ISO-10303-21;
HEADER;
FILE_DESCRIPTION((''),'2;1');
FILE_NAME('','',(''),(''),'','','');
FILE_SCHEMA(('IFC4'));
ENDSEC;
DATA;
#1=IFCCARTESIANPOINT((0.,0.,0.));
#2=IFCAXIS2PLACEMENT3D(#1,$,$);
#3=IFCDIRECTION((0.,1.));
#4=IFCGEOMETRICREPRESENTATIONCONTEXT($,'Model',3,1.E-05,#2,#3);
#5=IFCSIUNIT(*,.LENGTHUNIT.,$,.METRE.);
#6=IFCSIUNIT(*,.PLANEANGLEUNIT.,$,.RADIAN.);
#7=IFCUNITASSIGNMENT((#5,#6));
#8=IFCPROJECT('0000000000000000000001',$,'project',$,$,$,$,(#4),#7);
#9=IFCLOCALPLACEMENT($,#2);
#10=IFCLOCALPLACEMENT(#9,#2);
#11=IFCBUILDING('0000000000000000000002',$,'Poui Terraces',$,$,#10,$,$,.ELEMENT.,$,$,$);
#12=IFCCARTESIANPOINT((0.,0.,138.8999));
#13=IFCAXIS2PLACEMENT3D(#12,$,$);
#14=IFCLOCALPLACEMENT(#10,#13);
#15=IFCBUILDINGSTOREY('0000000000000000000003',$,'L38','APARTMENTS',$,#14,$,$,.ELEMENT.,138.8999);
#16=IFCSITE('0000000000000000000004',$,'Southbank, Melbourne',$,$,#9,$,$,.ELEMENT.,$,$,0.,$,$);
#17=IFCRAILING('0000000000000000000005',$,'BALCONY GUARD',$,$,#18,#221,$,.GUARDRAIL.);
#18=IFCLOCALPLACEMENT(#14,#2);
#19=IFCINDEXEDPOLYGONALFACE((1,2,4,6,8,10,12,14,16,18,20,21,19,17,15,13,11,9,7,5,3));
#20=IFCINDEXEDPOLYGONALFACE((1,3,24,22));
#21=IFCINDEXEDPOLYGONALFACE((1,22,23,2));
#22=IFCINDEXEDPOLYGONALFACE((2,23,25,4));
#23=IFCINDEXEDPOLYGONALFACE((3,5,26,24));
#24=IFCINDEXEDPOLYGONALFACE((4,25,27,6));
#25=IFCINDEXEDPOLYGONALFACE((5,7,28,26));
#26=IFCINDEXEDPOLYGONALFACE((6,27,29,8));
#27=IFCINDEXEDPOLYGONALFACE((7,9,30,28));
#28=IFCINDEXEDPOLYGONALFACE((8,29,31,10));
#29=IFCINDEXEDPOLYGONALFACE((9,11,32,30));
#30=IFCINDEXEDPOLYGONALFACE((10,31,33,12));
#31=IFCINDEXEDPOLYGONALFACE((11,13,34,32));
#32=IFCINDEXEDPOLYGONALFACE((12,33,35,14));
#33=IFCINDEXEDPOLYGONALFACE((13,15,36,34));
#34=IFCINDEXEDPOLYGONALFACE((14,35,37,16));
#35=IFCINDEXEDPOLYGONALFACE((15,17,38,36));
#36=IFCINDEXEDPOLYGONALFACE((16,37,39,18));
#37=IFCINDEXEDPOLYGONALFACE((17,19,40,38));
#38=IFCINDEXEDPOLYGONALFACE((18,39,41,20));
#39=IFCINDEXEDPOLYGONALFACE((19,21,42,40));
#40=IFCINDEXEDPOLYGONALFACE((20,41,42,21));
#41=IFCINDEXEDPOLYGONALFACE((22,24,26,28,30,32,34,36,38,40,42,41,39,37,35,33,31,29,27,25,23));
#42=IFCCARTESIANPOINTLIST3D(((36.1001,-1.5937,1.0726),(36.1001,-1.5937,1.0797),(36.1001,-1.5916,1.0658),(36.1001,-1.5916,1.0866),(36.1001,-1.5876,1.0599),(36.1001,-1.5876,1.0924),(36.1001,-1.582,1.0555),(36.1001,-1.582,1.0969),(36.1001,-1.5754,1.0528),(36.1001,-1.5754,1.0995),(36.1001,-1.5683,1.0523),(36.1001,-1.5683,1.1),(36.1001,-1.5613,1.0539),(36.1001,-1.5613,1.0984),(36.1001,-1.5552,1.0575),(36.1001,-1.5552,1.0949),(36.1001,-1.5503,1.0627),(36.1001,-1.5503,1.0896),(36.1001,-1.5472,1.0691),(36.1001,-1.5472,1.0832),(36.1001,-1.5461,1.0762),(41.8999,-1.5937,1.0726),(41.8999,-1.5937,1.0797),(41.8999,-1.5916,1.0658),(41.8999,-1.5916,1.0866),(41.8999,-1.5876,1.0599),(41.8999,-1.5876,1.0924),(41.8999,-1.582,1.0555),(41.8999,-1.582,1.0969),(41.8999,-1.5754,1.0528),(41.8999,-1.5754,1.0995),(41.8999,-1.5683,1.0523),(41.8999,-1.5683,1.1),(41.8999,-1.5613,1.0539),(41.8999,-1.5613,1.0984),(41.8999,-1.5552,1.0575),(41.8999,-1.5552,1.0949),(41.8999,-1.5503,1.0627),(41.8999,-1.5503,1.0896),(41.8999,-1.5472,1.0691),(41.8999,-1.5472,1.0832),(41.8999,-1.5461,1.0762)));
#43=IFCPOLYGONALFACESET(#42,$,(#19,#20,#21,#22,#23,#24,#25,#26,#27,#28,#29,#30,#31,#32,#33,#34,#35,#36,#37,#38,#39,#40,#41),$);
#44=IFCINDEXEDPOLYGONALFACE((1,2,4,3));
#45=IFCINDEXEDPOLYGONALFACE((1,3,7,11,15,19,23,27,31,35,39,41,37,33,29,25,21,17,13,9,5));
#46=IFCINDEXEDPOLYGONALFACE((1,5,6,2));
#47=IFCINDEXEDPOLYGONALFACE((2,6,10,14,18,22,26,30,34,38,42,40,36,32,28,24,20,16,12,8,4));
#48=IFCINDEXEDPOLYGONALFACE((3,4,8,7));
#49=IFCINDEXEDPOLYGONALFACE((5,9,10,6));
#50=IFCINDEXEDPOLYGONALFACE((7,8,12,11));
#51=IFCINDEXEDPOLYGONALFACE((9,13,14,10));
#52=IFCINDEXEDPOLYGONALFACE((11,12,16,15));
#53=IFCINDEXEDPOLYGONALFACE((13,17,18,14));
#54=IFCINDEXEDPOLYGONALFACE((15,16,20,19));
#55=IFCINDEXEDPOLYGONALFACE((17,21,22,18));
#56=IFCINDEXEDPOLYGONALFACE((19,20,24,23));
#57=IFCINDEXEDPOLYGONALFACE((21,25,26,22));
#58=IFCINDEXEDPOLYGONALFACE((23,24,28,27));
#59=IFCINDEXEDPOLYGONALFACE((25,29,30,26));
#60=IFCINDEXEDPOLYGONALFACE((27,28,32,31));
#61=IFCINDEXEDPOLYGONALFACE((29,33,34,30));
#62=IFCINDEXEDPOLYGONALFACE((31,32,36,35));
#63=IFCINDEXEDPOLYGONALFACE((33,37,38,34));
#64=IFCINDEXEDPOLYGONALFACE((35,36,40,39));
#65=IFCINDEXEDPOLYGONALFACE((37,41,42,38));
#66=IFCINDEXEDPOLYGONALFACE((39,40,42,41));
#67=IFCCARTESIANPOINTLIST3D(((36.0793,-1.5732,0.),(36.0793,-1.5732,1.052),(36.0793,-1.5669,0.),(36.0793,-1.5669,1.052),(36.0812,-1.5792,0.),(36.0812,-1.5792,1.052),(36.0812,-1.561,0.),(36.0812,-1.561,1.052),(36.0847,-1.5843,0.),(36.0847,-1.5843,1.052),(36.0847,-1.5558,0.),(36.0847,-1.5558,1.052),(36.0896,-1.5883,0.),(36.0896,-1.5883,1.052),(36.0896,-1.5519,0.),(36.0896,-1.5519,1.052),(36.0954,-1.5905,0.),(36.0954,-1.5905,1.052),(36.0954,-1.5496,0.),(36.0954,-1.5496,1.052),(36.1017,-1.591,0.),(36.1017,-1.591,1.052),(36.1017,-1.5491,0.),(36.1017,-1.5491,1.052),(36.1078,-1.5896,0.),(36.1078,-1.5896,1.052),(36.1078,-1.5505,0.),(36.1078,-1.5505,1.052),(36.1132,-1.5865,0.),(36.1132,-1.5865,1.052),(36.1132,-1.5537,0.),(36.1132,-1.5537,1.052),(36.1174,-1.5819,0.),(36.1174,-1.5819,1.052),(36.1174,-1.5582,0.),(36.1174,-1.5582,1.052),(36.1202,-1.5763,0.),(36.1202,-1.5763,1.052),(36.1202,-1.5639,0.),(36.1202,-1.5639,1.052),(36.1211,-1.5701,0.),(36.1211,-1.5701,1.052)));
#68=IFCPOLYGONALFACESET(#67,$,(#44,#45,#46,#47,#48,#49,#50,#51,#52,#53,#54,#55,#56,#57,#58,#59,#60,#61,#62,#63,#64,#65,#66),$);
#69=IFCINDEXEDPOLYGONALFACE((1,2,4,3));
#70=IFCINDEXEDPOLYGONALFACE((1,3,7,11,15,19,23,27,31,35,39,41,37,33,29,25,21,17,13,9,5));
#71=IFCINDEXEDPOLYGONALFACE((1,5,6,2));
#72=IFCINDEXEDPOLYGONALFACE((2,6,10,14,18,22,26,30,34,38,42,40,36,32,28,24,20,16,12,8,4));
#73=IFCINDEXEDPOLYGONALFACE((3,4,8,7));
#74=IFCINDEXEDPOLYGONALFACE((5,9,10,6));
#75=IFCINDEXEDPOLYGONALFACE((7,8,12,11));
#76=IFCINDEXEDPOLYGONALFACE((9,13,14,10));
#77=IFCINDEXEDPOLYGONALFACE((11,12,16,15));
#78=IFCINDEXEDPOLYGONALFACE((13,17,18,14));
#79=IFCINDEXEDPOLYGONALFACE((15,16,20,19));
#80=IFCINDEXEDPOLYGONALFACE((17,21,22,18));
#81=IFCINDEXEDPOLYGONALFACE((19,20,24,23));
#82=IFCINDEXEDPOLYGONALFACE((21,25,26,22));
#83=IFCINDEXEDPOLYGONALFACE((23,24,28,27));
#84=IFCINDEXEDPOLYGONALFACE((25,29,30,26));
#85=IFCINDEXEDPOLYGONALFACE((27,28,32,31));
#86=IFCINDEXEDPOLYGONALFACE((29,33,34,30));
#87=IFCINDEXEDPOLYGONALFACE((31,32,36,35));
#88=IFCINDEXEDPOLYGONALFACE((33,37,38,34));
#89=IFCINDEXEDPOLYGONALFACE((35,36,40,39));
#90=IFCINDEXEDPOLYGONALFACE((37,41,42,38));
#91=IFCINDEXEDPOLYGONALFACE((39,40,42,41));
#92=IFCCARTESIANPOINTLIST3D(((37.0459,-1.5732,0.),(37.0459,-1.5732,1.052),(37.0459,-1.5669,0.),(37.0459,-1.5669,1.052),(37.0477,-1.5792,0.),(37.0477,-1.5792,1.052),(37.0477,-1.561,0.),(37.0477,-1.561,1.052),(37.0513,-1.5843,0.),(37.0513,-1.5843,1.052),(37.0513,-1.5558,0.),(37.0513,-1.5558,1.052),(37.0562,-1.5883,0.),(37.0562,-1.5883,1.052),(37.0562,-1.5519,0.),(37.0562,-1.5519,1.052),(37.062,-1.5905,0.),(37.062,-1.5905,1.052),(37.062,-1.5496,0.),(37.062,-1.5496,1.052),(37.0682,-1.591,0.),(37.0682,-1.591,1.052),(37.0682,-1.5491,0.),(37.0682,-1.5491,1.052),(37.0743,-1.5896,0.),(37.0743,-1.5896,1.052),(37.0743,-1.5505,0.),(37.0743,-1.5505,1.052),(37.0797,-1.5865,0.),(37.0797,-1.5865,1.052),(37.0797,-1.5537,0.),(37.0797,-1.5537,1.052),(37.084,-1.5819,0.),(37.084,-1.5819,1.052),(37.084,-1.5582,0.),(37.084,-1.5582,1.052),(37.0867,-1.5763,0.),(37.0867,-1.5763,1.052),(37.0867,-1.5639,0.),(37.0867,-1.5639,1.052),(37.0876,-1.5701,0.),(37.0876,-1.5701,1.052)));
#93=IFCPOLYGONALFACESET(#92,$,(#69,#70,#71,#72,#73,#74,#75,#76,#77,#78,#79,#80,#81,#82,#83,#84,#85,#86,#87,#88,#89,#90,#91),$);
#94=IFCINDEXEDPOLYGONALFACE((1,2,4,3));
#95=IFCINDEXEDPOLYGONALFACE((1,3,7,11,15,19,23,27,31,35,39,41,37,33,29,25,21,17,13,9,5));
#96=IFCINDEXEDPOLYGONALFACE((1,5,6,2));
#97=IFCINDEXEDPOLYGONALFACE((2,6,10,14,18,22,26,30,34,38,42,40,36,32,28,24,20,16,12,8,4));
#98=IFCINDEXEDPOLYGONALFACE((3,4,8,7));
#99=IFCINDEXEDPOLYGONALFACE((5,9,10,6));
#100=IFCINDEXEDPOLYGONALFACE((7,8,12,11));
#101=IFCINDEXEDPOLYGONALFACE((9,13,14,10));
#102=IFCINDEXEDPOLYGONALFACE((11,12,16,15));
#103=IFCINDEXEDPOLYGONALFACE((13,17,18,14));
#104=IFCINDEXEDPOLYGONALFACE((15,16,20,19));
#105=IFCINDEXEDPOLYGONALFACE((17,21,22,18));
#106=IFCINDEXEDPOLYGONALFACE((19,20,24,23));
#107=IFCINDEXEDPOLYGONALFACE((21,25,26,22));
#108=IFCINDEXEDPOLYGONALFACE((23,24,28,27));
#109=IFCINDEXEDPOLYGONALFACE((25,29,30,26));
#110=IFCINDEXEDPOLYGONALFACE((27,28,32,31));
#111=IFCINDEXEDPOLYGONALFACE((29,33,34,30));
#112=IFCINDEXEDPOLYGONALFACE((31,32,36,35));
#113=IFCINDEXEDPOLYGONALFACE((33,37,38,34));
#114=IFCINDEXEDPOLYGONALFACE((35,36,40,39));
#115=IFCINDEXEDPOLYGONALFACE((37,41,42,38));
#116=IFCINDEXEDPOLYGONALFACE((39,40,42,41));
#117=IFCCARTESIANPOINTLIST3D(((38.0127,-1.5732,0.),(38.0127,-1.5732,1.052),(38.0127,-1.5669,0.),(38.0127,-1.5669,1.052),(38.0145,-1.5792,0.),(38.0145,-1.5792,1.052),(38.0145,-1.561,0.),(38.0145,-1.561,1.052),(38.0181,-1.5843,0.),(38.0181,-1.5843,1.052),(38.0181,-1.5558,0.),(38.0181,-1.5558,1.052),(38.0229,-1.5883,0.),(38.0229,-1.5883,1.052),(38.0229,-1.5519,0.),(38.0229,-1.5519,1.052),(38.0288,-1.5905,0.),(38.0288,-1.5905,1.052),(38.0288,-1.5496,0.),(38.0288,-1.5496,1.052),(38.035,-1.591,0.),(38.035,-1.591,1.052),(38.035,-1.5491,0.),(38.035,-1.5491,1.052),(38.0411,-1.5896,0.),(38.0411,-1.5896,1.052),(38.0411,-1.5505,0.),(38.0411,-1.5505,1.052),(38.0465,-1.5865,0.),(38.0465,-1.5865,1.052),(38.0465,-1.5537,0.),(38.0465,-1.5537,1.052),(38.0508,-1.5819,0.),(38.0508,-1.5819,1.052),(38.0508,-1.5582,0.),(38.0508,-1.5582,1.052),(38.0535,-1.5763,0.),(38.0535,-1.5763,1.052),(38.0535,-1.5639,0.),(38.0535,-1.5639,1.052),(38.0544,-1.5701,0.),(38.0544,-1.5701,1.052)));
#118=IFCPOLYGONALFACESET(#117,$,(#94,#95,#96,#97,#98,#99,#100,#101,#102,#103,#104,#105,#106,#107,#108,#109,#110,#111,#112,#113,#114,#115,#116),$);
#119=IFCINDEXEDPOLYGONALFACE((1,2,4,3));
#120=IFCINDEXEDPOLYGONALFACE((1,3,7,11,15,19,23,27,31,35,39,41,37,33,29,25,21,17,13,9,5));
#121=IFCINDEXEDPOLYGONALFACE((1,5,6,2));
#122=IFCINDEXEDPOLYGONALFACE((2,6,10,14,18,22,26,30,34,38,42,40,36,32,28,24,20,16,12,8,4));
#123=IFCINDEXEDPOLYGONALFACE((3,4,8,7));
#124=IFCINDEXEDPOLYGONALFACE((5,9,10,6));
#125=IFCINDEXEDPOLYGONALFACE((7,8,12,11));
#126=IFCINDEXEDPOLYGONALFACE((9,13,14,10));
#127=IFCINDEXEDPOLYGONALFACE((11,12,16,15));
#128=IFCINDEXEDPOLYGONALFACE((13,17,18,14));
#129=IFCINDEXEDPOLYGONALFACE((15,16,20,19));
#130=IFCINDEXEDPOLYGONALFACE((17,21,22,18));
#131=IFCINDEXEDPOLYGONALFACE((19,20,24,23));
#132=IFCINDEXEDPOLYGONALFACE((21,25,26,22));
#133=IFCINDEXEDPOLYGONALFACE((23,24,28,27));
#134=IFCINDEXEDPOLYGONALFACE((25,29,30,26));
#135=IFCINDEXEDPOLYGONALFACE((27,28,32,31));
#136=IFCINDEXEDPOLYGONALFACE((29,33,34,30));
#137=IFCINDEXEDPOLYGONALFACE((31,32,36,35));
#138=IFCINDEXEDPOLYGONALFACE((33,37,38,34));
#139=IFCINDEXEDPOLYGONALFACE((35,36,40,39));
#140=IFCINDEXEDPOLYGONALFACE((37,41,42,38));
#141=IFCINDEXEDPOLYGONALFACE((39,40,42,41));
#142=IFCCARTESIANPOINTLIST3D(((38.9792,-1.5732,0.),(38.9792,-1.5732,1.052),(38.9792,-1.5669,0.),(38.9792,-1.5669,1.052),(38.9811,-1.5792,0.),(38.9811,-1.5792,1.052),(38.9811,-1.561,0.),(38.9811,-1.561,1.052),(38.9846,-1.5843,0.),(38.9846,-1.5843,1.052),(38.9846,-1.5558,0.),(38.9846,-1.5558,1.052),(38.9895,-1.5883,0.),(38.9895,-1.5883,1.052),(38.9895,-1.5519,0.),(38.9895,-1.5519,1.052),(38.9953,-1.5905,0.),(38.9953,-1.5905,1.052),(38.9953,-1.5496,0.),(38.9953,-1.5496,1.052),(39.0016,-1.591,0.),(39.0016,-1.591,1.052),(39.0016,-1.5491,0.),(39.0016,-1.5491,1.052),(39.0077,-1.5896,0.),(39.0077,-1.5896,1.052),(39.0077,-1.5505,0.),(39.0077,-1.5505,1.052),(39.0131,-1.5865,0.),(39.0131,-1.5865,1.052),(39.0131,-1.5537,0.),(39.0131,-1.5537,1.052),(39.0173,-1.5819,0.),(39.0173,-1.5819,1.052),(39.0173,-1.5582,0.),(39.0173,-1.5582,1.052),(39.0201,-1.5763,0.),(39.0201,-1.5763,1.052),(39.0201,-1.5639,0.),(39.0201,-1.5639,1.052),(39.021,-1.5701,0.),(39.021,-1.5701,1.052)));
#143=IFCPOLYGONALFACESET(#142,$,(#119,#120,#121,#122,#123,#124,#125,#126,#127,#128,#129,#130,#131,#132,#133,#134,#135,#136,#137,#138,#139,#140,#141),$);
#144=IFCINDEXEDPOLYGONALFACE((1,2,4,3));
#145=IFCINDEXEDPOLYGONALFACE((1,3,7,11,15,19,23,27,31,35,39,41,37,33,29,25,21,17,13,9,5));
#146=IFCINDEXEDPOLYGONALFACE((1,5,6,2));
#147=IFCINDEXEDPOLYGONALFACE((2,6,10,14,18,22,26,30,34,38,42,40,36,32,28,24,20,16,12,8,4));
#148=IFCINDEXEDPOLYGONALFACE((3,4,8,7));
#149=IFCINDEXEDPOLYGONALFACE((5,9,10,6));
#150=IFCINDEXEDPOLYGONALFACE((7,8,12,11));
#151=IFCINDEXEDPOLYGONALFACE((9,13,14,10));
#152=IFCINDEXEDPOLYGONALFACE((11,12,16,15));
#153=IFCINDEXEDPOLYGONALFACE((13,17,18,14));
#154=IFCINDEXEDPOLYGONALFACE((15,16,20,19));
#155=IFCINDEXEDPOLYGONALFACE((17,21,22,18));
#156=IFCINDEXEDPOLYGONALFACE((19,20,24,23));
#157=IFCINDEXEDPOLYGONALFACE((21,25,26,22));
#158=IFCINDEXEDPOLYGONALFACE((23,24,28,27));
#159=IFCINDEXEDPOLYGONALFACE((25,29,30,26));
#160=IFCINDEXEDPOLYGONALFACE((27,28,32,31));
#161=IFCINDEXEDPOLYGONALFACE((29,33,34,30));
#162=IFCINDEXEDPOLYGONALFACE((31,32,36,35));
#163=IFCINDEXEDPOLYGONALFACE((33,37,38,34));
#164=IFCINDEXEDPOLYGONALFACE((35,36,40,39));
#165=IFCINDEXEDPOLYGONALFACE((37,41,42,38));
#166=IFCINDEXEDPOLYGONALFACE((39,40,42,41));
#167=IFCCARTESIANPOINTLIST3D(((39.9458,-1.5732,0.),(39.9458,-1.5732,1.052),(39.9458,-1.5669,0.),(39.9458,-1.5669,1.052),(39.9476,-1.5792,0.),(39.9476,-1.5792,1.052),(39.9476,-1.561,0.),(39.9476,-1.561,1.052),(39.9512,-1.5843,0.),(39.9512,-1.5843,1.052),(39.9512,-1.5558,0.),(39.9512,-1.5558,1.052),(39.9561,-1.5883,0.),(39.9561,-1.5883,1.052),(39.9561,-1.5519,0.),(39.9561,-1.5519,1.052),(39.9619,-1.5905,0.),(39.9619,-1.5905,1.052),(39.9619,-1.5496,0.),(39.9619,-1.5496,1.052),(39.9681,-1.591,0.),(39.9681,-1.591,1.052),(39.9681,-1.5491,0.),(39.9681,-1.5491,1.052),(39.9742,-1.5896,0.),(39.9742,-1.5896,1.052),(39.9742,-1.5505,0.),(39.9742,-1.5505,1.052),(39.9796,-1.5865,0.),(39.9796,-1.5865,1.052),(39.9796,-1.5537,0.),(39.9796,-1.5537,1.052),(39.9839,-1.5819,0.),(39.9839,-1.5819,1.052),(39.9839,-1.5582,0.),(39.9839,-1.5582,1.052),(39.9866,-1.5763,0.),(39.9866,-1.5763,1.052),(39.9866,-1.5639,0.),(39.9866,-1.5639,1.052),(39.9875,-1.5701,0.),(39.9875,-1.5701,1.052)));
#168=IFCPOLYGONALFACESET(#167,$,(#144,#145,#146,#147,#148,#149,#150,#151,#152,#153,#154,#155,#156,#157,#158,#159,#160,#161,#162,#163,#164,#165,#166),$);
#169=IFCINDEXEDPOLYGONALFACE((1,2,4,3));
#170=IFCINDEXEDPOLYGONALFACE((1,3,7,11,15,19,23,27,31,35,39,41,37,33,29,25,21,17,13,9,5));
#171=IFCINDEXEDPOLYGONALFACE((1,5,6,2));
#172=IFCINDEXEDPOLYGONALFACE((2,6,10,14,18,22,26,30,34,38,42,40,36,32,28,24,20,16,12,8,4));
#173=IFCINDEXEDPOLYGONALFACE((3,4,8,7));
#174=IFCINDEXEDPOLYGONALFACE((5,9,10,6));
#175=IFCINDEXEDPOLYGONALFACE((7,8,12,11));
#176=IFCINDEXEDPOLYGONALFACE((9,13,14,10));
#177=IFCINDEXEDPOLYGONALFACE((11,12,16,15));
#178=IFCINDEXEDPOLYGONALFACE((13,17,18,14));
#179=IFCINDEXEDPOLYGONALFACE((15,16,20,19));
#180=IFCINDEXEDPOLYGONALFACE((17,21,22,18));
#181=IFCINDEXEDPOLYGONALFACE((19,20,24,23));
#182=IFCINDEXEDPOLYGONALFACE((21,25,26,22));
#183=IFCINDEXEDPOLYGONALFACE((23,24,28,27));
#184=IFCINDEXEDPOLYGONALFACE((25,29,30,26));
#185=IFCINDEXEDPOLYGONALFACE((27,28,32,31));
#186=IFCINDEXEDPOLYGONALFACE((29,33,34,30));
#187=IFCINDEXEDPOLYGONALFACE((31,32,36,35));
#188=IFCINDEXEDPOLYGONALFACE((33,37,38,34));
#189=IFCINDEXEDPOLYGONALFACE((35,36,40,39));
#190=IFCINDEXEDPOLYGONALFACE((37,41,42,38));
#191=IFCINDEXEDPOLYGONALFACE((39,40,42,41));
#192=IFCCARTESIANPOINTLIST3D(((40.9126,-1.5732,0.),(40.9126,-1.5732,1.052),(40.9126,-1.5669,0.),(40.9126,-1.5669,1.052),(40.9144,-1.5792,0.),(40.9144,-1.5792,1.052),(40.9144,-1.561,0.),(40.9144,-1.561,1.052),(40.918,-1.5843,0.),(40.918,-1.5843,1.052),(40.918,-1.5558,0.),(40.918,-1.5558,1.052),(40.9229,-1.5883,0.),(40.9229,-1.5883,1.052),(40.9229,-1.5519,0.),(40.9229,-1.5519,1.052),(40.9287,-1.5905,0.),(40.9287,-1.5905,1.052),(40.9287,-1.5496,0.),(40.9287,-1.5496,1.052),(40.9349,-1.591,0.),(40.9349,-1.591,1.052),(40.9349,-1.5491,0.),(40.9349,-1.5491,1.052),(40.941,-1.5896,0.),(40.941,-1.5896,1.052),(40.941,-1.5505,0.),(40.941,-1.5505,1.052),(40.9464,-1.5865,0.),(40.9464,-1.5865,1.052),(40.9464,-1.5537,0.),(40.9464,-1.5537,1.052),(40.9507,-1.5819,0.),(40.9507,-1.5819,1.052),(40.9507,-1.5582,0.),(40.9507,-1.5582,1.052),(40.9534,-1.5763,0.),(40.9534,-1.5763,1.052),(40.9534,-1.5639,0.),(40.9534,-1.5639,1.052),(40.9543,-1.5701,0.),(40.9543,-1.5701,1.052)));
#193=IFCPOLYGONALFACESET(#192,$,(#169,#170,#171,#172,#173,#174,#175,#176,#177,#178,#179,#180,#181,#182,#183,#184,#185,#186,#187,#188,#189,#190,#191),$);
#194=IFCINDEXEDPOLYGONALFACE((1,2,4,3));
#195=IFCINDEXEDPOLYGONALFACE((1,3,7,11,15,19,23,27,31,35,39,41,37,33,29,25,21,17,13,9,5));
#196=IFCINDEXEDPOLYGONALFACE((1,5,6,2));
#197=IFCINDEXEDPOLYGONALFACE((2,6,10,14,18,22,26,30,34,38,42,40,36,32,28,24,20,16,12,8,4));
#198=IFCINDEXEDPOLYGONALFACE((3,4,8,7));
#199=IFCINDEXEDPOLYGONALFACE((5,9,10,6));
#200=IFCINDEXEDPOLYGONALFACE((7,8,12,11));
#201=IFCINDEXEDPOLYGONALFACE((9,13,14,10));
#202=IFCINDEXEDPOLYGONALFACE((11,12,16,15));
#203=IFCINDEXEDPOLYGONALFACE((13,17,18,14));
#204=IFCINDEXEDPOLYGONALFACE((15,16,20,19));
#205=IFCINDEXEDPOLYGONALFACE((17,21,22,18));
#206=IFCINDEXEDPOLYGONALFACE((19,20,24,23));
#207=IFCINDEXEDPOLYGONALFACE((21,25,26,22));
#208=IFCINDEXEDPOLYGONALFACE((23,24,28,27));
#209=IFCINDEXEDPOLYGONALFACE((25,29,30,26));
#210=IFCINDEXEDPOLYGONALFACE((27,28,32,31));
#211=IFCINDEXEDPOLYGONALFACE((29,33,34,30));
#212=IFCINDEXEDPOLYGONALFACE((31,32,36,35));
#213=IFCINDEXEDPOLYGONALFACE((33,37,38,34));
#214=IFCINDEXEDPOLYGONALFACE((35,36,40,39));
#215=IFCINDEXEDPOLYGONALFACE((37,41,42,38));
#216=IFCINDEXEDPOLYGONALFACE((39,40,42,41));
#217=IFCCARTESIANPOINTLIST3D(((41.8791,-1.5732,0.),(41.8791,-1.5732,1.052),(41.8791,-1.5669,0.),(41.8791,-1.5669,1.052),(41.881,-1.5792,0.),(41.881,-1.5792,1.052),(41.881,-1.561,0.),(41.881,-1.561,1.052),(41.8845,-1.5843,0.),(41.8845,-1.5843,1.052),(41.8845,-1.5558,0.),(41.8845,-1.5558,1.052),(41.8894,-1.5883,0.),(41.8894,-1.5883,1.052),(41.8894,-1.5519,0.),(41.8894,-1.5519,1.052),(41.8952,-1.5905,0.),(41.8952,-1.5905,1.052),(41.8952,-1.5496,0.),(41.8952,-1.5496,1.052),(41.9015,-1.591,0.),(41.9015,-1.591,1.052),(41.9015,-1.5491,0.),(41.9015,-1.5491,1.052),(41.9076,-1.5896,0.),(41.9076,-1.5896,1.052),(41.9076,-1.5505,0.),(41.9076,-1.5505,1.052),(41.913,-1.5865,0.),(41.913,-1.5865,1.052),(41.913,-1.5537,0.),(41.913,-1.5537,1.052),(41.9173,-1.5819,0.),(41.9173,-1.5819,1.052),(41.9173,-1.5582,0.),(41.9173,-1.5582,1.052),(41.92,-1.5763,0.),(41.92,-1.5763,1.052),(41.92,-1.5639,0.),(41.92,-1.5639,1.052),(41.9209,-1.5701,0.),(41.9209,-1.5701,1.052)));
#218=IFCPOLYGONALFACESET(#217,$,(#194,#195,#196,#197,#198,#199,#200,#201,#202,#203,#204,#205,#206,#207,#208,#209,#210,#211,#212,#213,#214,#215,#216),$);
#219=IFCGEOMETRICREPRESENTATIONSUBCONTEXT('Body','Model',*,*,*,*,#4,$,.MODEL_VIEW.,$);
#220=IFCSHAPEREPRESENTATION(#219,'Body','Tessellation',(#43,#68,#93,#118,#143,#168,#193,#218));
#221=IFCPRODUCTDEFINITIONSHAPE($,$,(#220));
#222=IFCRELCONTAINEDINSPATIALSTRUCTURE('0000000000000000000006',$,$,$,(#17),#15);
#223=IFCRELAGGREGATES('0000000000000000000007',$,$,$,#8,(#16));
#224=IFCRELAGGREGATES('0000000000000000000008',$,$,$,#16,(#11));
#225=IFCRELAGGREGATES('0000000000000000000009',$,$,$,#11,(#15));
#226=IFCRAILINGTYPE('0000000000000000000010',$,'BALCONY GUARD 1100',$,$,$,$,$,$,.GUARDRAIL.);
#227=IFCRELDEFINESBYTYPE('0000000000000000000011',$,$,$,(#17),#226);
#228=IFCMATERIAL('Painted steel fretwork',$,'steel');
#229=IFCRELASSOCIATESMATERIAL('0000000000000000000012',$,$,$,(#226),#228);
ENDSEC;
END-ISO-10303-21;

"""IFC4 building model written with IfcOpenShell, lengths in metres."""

from ifc_helpers import new_model, si_unit, direction, frame, origin, origin_2d, place, context, subcontext, project, spatial, circle, extrude, material, type_object, element, save


model = new_model("IFC4")

# Units and contexts
model_context = context("Model", 3, precision=1e-05, world=origin(), true_north=direction((0.0, 1.0)))
body_context = subcontext(model_context, "Body", "Model", "MODEL_VIEW")
ifc_project = project(units=[si_unit("LENGTHUNIT", "METRE"), si_unit("PLANEANGLEUNIT", "RADIAN")], contexts=[model_context])

# Site, building, storey
site_placement = place(None, origin())
site = spatial("IfcSite", under=ifc_project, at=site_placement, Name="Southbank, Melbourne", CompositionType="ELEMENT", RefElevation=0.0)
building_placement = place(site_placement, origin())
building = spatial("IfcBuilding", under=site, at=building_placement, Name="Poui Terraces", CompositionType="ELEMENT")
storey_placement = place(building_placement, frame((0.0, 0.0, 138.8999)))
storey = spatial("IfcBuildingStorey", under=building, at=storey_placement, Name="L38", Description="APARTMENTS", CompositionType="ELEMENT", Elevation=138.8999)

# Railing
ifc_material_1 = material(Name="Painted steel fretwork", Category="steel")
railing_type = type_object("IfcRailingType", Name="BALCONY GUARD 1100", PredefinedType="GUARDRAIL", material=ifc_material_1)
railing_placement = place(storey_placement, frame((36.1001, -1.5701, 0.0)))
element("IfcRailing", 1, at=railing_placement, inside=storey, type_object=railing_type, Name="BALCONY GUARD", PredefinedType="GUARDRAIL", context=body_context, shape_type="SweptSolid", body=[
    extrude(circle(Radius=0.0239, at=origin_2d()), frame((0.0, 0.0, 1.0762), z_axis=(1.0, 0.0, 0.0), x_axis=(0.0, 1.0, 0.0)), (0.0, 0.0, 1.0), 5.7998),
    extrude(circle(Radius=0.021, at=origin_2d()), origin(), (0.0, 0.0, 1.0), 1.052),
    extrude(circle(Radius=0.021, at=origin_2d()), frame((0.9666, 0.0, 0.0)), (0.0, 0.0, 1.0), 1.052),
    extrude(circle(Radius=0.021, at=origin_2d()), frame((1.9333, 0.0, 0.0)), (0.0, 0.0, 1.0), 1.052),
    extrude(circle(Radius=0.021, at=origin_2d()), frame((2.8999, 0.0, 0.0)), (0.0, 0.0, 1.0), 1.052),
    extrude(circle(Radius=0.021, at=origin_2d()), frame((3.8665, 0.0, 0.0)), (0.0, 0.0, 1.0), 1.052),
    extrude(circle(Radius=0.021, at=origin_2d()), frame((4.8333, 0.0, 0.0)), (0.0, 0.0, 1.0), 1.052),
    extrude(circle(Radius=0.021, at=origin_2d()), frame((5.7998, 0.0, 0.0)), (0.0, 0.0, 1.0), 1.052),
])

save(model, "model.ifc")
